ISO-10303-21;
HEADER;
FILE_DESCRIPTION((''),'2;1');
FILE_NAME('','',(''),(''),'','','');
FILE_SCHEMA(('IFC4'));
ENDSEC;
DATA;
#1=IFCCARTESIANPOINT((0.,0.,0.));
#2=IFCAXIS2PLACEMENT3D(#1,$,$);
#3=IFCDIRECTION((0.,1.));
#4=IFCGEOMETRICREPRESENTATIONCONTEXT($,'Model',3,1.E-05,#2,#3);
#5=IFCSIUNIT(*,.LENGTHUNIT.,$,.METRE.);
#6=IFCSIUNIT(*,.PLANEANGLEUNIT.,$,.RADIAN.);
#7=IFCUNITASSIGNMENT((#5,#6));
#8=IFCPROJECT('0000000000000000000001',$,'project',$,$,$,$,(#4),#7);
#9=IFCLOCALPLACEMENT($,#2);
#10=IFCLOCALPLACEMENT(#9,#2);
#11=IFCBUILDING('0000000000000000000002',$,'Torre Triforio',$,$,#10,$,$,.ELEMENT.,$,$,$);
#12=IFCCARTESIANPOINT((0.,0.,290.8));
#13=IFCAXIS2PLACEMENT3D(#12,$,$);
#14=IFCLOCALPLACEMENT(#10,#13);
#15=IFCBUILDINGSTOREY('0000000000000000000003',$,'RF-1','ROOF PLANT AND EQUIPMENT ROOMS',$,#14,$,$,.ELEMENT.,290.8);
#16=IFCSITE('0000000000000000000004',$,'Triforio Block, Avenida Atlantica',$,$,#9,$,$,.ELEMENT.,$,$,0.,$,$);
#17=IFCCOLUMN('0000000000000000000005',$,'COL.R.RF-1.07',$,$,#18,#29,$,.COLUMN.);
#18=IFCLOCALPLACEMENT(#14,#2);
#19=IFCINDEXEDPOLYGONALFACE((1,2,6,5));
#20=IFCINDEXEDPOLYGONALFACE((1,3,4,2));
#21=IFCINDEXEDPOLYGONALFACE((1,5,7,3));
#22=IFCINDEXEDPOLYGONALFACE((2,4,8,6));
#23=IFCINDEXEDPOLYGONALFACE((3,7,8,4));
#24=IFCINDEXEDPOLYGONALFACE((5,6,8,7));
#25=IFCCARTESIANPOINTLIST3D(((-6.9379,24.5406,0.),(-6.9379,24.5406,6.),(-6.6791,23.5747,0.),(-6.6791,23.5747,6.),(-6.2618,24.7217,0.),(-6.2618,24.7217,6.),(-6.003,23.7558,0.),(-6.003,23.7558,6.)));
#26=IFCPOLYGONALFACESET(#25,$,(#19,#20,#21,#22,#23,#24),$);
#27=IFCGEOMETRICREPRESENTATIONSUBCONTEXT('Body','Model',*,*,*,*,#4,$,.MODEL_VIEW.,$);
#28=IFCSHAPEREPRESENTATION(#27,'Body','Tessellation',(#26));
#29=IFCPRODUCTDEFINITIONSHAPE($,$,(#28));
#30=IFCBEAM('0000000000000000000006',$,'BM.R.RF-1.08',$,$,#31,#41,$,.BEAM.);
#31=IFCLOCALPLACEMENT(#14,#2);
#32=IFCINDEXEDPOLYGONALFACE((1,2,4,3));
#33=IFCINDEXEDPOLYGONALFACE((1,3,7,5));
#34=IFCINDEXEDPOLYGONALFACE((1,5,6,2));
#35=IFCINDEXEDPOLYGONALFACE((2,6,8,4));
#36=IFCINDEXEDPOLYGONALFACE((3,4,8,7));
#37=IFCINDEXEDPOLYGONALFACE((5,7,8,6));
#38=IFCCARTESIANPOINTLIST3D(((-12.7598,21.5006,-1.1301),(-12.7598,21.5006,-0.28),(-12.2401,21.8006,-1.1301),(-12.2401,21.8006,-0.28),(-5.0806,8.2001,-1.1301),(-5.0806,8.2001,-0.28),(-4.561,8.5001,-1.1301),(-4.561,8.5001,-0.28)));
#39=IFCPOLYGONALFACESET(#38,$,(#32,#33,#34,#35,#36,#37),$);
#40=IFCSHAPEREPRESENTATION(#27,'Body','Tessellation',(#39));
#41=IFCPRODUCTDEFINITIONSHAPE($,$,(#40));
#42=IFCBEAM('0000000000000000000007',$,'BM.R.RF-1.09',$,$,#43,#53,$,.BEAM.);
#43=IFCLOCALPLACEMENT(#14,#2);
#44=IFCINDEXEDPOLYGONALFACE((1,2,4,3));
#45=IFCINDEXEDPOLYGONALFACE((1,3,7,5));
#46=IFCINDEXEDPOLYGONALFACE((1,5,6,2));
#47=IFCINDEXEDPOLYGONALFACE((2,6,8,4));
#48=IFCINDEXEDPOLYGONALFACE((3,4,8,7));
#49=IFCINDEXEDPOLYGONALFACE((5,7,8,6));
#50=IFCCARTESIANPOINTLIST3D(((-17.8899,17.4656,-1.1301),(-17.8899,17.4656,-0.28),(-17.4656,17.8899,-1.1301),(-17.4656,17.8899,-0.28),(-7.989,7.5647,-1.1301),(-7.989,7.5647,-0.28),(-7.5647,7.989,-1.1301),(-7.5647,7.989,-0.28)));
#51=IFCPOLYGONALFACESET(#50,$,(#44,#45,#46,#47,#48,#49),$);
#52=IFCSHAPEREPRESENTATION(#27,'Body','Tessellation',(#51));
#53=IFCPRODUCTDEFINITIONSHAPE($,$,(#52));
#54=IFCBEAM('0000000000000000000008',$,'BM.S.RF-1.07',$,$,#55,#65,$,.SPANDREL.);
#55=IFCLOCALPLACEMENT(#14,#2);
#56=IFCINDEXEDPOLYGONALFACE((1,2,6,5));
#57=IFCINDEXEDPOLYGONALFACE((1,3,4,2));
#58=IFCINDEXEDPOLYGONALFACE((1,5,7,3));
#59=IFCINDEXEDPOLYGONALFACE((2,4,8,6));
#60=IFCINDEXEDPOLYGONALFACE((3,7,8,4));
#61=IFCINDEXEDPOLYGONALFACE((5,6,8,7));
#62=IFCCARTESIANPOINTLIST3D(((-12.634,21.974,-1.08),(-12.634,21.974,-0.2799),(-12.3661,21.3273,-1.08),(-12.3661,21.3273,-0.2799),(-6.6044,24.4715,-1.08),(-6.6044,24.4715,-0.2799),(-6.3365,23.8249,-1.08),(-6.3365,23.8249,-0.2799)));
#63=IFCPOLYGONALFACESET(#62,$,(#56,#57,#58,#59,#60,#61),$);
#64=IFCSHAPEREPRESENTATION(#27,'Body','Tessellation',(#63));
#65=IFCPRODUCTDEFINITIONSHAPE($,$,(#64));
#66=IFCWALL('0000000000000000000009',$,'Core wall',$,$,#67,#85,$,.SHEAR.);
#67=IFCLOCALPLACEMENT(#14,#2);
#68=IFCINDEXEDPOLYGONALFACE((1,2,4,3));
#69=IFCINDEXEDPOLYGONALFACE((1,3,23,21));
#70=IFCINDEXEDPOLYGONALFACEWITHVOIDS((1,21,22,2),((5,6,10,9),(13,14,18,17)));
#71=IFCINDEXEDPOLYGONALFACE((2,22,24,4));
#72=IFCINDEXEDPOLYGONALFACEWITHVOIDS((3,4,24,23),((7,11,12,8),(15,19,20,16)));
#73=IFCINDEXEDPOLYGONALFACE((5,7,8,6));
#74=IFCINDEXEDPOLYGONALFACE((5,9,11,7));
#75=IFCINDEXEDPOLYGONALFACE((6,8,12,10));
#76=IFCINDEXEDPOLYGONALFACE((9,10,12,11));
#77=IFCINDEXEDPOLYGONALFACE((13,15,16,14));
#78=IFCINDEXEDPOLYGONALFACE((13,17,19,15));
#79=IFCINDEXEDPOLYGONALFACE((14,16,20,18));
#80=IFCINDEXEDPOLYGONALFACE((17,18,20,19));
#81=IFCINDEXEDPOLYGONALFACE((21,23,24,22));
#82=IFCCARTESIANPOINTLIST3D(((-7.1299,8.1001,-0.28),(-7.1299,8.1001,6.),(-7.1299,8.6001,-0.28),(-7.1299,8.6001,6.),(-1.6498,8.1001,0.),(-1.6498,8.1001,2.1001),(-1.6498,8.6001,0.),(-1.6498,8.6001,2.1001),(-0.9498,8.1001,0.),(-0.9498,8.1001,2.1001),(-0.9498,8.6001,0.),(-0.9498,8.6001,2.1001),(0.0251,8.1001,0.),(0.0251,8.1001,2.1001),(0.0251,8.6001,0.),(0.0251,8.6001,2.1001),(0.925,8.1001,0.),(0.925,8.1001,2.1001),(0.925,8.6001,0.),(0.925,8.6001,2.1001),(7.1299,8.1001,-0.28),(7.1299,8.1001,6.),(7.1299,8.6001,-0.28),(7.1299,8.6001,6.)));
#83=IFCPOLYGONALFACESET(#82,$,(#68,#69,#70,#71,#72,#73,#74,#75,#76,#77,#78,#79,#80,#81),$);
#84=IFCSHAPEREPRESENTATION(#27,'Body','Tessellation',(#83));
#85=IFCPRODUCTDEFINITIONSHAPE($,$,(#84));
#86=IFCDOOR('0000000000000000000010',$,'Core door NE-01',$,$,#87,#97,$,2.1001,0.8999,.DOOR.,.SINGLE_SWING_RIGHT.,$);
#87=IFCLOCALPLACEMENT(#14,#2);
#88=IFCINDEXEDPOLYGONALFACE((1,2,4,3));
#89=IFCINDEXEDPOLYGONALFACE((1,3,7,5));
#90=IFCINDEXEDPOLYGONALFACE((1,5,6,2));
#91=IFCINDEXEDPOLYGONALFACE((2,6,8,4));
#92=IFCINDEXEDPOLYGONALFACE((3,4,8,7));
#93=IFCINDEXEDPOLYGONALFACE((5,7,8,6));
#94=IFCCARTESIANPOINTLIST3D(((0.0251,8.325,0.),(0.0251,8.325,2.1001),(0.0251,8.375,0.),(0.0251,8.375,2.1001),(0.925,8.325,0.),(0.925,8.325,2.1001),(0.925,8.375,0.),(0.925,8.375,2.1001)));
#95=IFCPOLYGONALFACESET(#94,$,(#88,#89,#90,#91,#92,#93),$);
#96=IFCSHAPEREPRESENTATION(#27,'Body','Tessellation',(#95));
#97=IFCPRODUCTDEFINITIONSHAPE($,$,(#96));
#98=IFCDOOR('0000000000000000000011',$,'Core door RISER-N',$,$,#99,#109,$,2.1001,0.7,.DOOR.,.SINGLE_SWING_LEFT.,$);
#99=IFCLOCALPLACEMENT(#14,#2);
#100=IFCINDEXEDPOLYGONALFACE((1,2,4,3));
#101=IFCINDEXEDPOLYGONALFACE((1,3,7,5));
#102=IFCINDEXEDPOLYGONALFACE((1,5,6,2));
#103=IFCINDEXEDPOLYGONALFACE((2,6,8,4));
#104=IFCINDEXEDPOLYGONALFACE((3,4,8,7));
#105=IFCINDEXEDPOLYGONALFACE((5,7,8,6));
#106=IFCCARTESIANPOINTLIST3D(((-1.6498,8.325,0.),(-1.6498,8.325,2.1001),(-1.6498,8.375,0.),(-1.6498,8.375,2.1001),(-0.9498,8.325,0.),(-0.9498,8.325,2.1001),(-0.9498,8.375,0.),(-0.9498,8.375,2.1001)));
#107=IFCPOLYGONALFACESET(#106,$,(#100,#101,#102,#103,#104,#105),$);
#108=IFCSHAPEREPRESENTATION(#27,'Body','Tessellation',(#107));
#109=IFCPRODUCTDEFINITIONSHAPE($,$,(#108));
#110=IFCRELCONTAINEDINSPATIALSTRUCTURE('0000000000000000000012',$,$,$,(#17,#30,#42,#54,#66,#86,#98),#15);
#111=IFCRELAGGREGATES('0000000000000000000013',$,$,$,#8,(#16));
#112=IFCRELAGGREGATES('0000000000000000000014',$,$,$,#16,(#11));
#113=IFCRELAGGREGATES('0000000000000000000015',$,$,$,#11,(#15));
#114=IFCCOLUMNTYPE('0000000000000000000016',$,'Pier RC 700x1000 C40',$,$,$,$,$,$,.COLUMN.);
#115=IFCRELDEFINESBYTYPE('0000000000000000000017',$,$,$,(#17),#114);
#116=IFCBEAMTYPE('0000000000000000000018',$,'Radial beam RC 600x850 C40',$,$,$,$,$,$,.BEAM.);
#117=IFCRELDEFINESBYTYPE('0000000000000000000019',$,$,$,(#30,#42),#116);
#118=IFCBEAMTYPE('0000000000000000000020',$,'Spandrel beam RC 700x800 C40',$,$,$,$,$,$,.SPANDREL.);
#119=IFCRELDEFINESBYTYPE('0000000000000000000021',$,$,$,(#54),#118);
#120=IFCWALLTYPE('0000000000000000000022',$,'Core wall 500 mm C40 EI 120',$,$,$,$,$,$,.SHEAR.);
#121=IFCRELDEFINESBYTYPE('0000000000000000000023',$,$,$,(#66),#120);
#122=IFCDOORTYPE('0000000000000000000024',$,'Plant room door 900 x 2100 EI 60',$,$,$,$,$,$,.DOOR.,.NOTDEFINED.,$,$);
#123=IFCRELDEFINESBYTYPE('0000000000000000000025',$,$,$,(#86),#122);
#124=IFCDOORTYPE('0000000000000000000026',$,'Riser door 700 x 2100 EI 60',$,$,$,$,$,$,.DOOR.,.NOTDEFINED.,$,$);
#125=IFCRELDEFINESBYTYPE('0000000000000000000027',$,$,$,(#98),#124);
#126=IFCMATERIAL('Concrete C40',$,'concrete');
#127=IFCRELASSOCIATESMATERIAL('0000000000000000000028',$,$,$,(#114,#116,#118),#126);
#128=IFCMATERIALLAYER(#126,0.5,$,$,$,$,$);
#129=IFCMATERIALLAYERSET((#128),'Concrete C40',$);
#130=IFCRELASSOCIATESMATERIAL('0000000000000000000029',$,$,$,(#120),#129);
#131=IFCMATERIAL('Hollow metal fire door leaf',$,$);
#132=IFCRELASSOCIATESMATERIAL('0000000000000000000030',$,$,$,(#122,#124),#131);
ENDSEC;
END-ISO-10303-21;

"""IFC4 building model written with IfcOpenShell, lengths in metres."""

from ifc_helpers import new_model, si_unit, direction, frame, frame_2d, origin, origin_2d, place, context, subcontext, project, spatial, rectangle, extrude, material, layer, layer_set, material_profile, profile_set, type_object, element, fill, save


model = new_model("IFC4")

# Units and contexts
model_context = context("Model", 3, precision=1e-05, world=origin(), true_north=direction((0.0, 1.0)))
body_context = subcontext(model_context, "Body", "Model", "MODEL_VIEW")
ifc_project = project(units=[si_unit("LENGTHUNIT", "METRE"), si_unit("PLANEANGLEUNIT", "RADIAN")], contexts=[model_context])

# Site, building, storey
site_placement = place(None, origin())
site = spatial("IfcSite", under=ifc_project, at=site_placement, Name="Triforio Block, Avenida Atlantica", CompositionType="ELEMENT", RefElevation=0.0)
building_placement = place(site_placement, origin())
building = spatial("IfcBuilding", under=site, at=building_placement, Name="Torre Triforio", CompositionType="ELEMENT")
storey_placement = place(building_placement, frame((0.0, 0.0, 290.8)))
storey = spatial("IfcBuildingStorey", under=building, at=storey_placement, Name="RF-1", Description="ROOF PLANT AND EQUIPMENT ROOMS", CompositionType="ELEMENT", Elevation=290.8)

# Column
ifc_material_1 = material(Name="Concrete C40", Category="concrete")
ifc_material_profile_1 = material_profile(ifc_material_1, rectangle(XDim=0.7, YDim=1.0, at=origin_2d()), Name="RC 700x1000")
ifc_profile_set_1 = profile_set([ifc_material_profile_1], Name="Concrete C40")
column_type = type_object("IfcColumnType", Name="Pier RC 700x1000 C40", PredefinedType="COLUMN", material=ifc_profile_set_1)
column_placement = place(storey_placement, frame((-6.4705, 24.1482, 0.0), z_axis=(0.0, 0.0, 1.0), x_axis=(-0.965926, -0.258819, 0.0)))
element("IfcColumn", 1, at=column_placement, inside=storey, type_object=column_type, Name="COL.R.RF-1.07", PredefinedType="COLUMN", context=body_context, shape_type="SweptSolid", body=[
    extrude(rectangle(XDim=0.7, YDim=1.0, at=origin_2d()), origin(), (0.0, 0.0, 1.0), 6.0),
])

# Beams
ifc_material_profile_2 = material_profile(ifc_material_1, rectangle(XDim=0.6001, YDim=0.8501, at=origin_2d()), Name="RC 600x850")
ifc_profile_set_2 = profile_set([ifc_material_profile_2], Name="Concrete C40")
beam_type_1 = type_object("IfcBeamType", Name="Radial beam RC 600x850 C40", PredefinedType="BEAM", material=ifc_profile_set_2)
beam_1_placement = place(storey_placement, frame((-4.8208, 8.3501, -0.7051), z_axis=(-0.500006, 0.866022, 0.0), x_axis=(-0.866022, -0.500006, 0.0)))
element("IfcBeam", 2, at=beam_1_placement, inside=storey, type_object=beam_type_1, Name="BM.R.RF-1.08", PredefinedType="BEAM", context=body_context, shape_type="SweptSolid", body=[
    extrude(rectangle(XDim=0.6001, YDim=0.8501, at=origin_2d()), origin(), (0.0, 0.0, 1.0), 15.3582),
])
beam_2_placement = place(storey_placement, frame((-7.7769, 7.7769, -0.7051), z_axis=(-0.707107, 0.707107, 0.0), x_axis=(-0.707107, -0.707107, 0.0)))
element("IfcBeam", 3, at=beam_2_placement, inside=storey, type_object=beam_type_1, Name="BM.R.RF-1.09", PredefinedType="BEAM", context=body_context, shape_type="SweptSolid", body=[
    extrude(rectangle(XDim=0.6001, YDim=0.8501, at=origin_2d()), origin(), (0.0, 0.0, 1.0), 14.002),
])
ifc_material_profile_3 = material_profile(ifc_material_1, rectangle(XDim=0.7, YDim=0.8, at=origin_2d()), Name="RC 700x800")
ifc_profile_set_3 = profile_set([ifc_material_profile_3], Name="Concrete C40")
beam_type_2 = type_object("IfcBeamType", Name="Spandrel beam RC 700x800 C40", PredefinedType="SPANDREL", material=ifc_profile_set_3)
beam_3_placement = place(storey_placement, frame((-6.4705, 24.1482, -0.6799), z_axis=(-0.923877, -0.382689, 0.0), x_axis=(0.382689, -0.923877, 0.0)))
element("IfcBeam", 4, at=beam_3_placement, inside=storey, type_object=beam_type_2, Name="BM.S.RF-1.07", PredefinedType="SPANDREL", context=body_context, shape_type="SweptSolid", body=[
    extrude(rectangle(XDim=0.7, YDim=0.8, at=origin_2d()), origin(), (0.0, 0.0, 1.0), 6.5264),
])

# Wall, openings, doors
ifc_layer_1 = layer(ifc_material_1, 0.5)
ifc_layer_set_1 = layer_set([ifc_layer_1], Name="Concrete C40")
wall_type_1 = type_object("IfcWallType", Name="Core wall 500 mm C40 EI 120", PredefinedType="SHEAR", material=ifc_layer_set_1)
wall_1_placement = place(storey_placement, frame((-7.1299, 8.3501, -0.28), z_axis=(0.0, 0.0, 1.0), x_axis=(1.0, 0.0, 0.0)))
wall_1 = element("IfcWall", 5, at=wall_1_placement, inside=storey, type_object=wall_type_1, Name="Core wall", PredefinedType="SHEAR", context=body_context, shape_type="SweptSolid", body=[
    extrude(rectangle(XDim=14.2598, YDim=0.5, at=frame_2d((7.1299, 0.0))), origin(), (0.0, 0.0, 1.0), 6.28),
])
opening_1_placement = place(wall_1_placement, frame((5.48, 0.0, 0.28)))
opening_1 = element("IfcOpeningElement", 6, at=opening_1_placement, cuts=wall_1, PredefinedType="OPENING", context=body_context, shape_type="SweptSolid", body=[
    extrude(rectangle(XDim=0.7, YDim=2.1001, at=frame_2d((0.3501, 1.05))), frame((0.0, 0.26, 0.0), z_axis=(0.0, -1.0, 0.0), x_axis=(1.0, 0.0, 0.0)), (0.0, 0.0, 1.0), 0.52),
])
opening_2_placement = place(wall_1_placement, frame((7.155, 0.0, 0.28)))
opening_2 = element("IfcOpeningElement", 7, at=opening_2_placement, cuts=wall_1, PredefinedType="OPENING", context=body_context, shape_type="SweptSolid", body=[
    extrude(rectangle(XDim=0.8999, YDim=2.1001, at=frame_2d((0.45, 1.05))), frame((0.0, 0.26, 0.0), z_axis=(0.0, -1.0, 0.0), x_axis=(1.0, 0.0, 0.0)), (0.0, 0.0, 1.0), 0.52),
])
ifc_material_2 = material(Name="Hollow metal fire door leaf")
door_type_1 = type_object("IfcDoorType", Name="Plant room door 900 x 2100 EI 60", OperationType="NOTDEFINED", PredefinedType="DOOR", material=ifc_material_2)
door_1_placement = place(opening_2_placement, origin())
door_1 = element("IfcDoor", 8, at=door_1_placement, inside=storey, type_object=door_type_1, Name="Core door NE-01", OperationType="SINGLE_SWING_RIGHT", OverallHeight=2.1001, OverallWidth=0.8999, PredefinedType="DOOR", context=body_context, shape_type="SweptSolid", body=[
    extrude(rectangle(XDim=0.8999, YDim=2.1001, at=frame_2d((0.45, 1.05))), frame((0.0, 0.0249, 0.0), z_axis=(0.0, -1.0, 0.0), x_axis=(1.0, 0.0, 0.0)), (0.0, 0.0, 1.0), 0.05),
])
fill(opening_2, door_1)
door_type_2 = type_object("IfcDoorType", Name="Riser door 700 x 2100 EI 60", OperationType="NOTDEFINED", PredefinedType="DOOR", material=ifc_material_2)
door_2_placement = place(opening_1_placement, origin())
door_2 = element("IfcDoor", 9, at=door_2_placement, inside=storey, type_object=door_type_2, Name="Core door RISER-N", OperationType="SINGLE_SWING_LEFT", OverallHeight=2.1001, OverallWidth=0.7, PredefinedType="DOOR", context=body_context, shape_type="SweptSolid", body=[
    extrude(rectangle(XDim=0.7, YDim=2.1001, at=frame_2d((0.3501, 1.05))), frame((0.0, 0.0249, 0.0), z_axis=(0.0, -1.0, 0.0), x_axis=(1.0, 0.0, 0.0)), (0.0, 0.0, 1.0), 0.05),
])
fill(opening_1, door_2)

save(model, "model.ifc")
